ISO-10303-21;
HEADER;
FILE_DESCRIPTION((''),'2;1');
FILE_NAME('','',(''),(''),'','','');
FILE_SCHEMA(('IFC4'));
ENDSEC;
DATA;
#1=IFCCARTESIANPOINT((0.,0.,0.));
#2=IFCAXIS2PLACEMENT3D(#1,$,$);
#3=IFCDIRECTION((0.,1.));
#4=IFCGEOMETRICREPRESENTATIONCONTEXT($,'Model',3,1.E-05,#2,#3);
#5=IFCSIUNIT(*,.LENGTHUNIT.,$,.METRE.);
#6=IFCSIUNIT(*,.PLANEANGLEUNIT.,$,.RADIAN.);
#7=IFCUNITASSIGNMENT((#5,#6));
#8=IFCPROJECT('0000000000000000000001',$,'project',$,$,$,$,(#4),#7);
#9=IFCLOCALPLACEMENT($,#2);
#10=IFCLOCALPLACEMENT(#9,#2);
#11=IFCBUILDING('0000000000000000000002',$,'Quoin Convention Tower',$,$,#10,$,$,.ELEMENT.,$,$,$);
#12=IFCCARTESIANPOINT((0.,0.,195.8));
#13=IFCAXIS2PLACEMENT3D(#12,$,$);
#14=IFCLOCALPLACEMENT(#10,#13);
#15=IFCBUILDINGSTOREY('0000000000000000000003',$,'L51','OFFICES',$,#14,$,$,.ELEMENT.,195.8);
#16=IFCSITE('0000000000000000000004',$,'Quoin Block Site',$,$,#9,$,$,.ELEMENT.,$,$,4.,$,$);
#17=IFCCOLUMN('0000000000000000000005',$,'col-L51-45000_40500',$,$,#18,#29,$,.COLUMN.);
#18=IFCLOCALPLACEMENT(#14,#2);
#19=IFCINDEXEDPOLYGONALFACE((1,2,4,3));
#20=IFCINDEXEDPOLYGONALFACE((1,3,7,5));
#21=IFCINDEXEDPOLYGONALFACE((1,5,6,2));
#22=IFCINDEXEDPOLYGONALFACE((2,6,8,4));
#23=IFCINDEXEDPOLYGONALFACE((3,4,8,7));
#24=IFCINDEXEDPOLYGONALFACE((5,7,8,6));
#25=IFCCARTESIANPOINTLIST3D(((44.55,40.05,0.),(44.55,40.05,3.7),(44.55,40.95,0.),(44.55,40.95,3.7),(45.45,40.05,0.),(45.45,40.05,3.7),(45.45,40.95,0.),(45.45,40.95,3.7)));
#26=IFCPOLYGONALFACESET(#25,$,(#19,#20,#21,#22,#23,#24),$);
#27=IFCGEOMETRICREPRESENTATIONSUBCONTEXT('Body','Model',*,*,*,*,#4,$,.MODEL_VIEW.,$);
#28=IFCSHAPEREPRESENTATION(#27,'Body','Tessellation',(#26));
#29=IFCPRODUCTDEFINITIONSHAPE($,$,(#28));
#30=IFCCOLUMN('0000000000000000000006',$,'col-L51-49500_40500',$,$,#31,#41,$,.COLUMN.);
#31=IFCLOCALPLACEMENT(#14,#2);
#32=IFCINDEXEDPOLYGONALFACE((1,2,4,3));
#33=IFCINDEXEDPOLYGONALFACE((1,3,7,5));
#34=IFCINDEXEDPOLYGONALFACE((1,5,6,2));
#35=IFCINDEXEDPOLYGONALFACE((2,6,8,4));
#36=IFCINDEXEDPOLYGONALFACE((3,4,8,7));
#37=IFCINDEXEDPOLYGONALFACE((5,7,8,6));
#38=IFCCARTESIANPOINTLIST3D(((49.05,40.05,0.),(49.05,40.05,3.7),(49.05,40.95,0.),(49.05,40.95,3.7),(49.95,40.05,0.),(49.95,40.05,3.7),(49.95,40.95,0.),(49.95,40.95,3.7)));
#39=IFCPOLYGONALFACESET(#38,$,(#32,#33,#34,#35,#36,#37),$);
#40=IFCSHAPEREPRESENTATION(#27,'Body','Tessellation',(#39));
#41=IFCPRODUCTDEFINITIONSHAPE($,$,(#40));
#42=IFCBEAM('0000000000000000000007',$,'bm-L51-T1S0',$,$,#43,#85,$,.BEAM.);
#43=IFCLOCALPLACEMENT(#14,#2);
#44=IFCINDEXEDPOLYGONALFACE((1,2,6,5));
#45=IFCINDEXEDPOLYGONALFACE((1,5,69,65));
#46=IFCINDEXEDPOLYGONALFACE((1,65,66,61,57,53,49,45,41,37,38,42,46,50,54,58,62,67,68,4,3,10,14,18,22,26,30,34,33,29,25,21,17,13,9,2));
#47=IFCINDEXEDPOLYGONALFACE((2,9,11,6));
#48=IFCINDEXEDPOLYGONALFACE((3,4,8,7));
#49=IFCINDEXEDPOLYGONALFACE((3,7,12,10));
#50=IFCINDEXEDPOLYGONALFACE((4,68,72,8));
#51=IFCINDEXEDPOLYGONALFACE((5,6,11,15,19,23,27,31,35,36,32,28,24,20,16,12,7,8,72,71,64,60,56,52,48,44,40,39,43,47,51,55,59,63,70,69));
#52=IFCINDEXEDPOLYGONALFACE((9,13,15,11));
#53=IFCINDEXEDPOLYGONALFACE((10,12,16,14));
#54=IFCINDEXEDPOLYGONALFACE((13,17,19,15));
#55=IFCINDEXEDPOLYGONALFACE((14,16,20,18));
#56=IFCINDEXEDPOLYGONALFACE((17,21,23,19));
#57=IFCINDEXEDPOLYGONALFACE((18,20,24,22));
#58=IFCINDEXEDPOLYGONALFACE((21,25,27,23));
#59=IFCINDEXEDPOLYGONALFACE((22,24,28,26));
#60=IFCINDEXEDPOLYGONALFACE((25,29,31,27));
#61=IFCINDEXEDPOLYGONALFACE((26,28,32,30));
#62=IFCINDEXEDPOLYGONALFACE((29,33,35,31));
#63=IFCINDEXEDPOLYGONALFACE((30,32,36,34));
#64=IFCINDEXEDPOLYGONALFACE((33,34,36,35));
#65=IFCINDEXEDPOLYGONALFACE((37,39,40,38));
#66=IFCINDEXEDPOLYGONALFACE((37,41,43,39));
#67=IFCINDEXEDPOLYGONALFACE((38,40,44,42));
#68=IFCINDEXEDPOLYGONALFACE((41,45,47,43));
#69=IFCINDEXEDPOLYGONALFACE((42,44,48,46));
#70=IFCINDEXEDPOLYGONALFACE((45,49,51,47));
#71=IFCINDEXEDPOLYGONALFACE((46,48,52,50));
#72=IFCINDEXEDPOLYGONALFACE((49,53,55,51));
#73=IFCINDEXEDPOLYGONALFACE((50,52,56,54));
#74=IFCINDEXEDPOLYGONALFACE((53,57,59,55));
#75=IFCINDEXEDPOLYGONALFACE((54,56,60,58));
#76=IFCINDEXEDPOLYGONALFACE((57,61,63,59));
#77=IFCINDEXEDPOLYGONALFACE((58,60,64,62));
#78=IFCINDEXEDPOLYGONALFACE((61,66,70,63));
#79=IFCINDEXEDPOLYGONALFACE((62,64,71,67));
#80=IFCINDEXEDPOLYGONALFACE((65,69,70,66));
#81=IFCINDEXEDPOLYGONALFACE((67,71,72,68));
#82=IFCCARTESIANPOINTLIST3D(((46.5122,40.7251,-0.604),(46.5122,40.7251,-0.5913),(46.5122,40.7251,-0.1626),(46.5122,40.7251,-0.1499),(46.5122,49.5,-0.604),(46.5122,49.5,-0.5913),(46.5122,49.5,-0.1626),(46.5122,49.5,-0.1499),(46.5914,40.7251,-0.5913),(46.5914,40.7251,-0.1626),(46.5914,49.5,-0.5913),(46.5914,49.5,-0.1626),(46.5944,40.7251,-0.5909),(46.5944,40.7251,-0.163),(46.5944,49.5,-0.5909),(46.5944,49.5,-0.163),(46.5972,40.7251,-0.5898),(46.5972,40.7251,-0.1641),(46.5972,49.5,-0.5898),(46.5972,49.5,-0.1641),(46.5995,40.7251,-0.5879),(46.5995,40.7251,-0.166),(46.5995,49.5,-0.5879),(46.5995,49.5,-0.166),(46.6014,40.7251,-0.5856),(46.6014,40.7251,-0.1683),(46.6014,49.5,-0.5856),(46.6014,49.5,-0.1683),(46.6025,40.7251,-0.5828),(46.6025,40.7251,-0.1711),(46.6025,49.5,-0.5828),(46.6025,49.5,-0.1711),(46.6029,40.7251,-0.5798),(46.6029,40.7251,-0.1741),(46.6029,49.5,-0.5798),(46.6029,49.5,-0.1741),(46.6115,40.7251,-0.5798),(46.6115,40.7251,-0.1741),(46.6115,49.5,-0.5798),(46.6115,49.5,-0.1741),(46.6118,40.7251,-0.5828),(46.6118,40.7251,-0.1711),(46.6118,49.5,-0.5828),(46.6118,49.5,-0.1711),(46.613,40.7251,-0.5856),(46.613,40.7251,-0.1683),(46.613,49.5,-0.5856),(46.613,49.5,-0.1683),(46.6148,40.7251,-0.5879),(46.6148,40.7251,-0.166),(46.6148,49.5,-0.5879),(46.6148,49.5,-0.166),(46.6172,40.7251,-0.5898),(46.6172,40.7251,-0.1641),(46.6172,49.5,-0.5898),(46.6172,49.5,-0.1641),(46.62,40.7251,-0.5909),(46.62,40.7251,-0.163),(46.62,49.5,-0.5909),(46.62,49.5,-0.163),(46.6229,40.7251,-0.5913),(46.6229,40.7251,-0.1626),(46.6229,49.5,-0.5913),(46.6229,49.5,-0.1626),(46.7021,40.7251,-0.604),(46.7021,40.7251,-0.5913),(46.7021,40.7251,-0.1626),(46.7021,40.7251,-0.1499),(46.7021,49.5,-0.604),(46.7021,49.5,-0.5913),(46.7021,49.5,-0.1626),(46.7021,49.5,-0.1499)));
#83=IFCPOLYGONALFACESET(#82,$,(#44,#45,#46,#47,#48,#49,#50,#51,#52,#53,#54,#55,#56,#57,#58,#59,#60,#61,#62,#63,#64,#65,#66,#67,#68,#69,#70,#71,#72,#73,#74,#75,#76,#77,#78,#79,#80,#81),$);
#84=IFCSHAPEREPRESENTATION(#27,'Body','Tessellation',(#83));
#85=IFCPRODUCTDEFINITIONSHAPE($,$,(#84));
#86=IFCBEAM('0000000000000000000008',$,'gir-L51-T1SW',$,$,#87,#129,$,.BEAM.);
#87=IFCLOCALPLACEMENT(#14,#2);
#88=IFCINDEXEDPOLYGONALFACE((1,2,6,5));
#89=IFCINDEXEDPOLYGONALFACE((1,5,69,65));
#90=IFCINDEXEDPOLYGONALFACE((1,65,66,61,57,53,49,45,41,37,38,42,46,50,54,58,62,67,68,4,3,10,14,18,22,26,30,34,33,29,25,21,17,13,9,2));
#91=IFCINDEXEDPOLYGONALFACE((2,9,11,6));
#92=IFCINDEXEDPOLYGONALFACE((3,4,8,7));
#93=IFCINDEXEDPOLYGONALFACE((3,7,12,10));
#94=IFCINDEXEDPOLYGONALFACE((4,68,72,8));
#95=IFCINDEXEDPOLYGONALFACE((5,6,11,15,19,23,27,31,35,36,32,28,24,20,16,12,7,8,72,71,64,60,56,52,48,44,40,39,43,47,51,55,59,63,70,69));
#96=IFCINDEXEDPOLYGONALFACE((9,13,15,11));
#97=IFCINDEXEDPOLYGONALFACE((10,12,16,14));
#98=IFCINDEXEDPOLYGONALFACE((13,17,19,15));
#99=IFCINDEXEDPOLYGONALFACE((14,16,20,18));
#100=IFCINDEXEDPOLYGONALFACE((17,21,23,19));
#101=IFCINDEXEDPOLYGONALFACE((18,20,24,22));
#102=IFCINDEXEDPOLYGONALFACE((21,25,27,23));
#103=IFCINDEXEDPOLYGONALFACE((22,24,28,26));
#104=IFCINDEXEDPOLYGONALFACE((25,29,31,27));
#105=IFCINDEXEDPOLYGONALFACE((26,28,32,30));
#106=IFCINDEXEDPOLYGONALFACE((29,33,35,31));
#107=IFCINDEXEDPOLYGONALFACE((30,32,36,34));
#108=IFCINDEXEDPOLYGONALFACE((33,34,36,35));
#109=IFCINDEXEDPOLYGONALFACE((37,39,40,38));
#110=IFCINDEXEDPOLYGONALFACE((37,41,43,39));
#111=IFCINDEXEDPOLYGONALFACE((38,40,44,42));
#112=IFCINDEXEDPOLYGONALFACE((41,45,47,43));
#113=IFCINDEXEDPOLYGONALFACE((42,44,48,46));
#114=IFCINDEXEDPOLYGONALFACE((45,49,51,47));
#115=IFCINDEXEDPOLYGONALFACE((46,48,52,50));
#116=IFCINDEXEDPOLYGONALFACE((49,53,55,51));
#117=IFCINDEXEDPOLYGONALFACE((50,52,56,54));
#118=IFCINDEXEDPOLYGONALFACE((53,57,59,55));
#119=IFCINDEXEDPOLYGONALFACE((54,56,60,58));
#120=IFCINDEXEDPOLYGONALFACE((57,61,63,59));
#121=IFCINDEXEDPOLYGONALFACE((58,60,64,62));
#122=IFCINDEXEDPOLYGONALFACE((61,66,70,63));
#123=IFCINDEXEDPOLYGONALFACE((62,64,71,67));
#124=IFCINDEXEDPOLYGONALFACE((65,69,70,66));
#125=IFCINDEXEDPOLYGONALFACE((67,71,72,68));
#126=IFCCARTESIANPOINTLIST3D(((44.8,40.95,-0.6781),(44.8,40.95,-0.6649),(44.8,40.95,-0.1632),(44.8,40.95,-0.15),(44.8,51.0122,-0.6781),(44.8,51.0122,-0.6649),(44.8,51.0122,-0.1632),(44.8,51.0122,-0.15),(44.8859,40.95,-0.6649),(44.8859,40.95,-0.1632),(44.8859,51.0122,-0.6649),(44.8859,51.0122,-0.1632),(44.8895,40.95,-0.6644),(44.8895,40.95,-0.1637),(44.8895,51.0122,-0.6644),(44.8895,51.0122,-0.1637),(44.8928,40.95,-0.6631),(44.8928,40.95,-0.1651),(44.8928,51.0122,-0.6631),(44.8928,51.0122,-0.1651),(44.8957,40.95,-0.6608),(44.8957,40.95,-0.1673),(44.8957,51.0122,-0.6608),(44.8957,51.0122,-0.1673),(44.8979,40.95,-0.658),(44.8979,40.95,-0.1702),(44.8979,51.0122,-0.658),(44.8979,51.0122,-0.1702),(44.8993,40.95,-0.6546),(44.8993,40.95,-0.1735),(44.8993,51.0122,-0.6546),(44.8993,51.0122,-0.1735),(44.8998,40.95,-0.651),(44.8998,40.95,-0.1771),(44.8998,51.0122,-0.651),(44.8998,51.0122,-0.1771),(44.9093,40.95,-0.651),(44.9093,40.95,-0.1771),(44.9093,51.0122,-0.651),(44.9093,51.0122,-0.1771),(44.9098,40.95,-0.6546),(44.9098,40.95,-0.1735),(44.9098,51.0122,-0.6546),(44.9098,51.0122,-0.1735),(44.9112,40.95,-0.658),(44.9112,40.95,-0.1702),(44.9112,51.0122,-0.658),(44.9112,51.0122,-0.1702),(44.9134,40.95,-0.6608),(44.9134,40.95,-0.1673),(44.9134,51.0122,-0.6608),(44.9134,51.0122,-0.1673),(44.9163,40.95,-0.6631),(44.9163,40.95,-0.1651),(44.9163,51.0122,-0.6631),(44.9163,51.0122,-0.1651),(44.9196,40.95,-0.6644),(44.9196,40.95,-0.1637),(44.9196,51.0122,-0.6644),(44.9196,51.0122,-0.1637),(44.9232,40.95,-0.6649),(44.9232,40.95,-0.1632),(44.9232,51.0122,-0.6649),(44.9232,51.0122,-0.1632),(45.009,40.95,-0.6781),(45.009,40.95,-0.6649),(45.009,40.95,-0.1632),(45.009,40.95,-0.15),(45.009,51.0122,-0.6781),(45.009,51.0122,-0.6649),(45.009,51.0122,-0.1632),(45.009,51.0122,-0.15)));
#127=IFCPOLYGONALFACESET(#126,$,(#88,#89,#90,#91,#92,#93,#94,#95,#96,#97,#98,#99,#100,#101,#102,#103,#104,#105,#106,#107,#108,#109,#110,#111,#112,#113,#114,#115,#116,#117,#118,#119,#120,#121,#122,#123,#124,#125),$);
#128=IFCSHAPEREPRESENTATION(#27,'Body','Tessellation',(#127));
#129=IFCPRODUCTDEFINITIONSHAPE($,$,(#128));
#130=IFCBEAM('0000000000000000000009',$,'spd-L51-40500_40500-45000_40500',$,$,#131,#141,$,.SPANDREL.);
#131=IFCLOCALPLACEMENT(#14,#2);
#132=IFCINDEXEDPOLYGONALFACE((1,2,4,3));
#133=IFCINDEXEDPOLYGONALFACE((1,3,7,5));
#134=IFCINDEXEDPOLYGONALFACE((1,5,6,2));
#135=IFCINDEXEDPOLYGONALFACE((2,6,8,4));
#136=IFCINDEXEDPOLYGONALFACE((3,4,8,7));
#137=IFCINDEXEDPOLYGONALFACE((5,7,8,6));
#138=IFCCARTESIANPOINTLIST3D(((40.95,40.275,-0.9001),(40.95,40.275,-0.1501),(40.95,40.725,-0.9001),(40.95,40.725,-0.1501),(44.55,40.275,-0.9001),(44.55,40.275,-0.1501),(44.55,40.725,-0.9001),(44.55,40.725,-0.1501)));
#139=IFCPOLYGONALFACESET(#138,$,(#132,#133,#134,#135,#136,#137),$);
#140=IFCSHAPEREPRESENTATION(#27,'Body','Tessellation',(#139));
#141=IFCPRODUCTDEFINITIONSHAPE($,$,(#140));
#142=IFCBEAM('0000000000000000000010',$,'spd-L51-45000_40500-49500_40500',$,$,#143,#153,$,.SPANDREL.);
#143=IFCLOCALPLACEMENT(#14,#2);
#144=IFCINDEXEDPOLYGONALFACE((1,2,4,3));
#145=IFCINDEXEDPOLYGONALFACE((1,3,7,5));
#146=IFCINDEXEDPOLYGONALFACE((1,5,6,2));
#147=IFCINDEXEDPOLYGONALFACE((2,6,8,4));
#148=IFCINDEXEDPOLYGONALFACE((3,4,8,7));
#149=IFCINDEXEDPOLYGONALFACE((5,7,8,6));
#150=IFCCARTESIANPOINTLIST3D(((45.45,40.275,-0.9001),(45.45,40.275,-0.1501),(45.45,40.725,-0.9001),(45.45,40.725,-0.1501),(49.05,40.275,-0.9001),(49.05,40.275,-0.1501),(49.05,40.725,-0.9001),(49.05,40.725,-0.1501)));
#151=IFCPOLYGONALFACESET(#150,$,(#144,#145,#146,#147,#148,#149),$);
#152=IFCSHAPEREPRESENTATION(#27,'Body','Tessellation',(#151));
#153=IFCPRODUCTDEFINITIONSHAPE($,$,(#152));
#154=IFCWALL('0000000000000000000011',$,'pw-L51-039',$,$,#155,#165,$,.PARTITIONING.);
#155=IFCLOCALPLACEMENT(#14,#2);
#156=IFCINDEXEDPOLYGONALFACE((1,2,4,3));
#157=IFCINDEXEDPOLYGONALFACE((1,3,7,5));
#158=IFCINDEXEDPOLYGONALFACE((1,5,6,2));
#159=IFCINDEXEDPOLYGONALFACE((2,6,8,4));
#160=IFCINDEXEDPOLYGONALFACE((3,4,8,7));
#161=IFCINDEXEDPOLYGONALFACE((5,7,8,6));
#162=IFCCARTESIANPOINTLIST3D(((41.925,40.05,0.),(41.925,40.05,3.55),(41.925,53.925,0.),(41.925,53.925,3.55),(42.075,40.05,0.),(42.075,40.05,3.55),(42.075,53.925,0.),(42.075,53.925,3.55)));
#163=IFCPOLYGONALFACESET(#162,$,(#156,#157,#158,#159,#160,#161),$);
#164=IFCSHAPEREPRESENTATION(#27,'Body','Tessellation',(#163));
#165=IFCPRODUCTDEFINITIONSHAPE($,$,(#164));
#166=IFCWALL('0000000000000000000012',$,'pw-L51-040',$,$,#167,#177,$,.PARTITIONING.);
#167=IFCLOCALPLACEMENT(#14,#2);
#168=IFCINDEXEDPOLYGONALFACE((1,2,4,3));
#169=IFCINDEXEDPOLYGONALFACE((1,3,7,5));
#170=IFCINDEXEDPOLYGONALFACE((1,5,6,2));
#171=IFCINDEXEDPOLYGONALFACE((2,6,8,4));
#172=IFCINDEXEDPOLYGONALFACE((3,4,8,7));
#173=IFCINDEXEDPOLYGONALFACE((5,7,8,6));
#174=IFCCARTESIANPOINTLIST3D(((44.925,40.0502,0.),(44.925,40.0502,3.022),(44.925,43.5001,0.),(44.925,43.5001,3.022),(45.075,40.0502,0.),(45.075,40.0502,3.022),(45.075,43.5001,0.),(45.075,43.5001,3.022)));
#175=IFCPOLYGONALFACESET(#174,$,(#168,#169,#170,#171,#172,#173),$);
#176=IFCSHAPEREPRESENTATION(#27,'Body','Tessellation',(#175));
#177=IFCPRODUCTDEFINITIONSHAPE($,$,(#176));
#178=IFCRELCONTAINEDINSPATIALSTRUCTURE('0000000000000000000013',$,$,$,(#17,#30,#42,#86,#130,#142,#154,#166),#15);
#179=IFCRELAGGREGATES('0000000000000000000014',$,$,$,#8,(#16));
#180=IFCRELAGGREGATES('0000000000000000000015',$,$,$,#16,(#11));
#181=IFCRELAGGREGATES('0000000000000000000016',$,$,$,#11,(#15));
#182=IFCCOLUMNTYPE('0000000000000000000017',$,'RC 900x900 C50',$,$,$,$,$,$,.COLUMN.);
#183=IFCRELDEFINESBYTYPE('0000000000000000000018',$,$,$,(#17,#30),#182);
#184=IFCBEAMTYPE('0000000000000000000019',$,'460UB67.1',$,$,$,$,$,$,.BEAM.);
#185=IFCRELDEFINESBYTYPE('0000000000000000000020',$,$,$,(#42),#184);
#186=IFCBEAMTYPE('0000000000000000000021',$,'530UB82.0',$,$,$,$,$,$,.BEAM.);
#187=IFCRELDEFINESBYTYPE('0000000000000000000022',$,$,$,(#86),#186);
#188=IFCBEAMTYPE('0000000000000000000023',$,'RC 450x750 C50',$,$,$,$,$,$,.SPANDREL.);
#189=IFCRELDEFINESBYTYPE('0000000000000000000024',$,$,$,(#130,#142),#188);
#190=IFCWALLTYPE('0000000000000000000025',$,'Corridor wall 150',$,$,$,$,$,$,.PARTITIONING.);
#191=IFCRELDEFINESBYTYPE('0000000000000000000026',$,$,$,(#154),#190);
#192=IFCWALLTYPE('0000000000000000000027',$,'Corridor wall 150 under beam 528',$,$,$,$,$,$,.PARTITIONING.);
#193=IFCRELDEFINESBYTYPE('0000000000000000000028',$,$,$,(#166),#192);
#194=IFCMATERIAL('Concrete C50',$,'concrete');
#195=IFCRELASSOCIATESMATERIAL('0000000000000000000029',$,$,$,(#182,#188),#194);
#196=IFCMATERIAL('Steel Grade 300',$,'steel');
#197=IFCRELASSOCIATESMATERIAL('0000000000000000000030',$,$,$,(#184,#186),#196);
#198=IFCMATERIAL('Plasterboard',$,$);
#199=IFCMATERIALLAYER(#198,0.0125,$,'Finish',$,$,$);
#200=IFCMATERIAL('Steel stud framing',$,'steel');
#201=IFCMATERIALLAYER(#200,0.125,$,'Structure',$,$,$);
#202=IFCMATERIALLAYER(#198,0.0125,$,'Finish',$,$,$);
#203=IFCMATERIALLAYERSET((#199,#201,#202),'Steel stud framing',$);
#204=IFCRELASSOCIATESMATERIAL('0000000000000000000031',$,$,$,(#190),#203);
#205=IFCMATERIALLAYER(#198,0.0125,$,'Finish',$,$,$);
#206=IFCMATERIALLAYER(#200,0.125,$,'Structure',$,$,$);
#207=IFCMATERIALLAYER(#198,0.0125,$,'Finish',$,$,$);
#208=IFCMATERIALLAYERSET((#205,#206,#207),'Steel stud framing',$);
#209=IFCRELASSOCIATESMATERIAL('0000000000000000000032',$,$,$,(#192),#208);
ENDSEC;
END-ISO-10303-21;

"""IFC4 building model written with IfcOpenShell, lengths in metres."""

from ifc_helpers import new_model, si_unit, direction, frame, frame_2d, origin, origin_2d, place, context, subcontext, project, spatial, rectangle, i_section, extrude, material, layer, layer_set, material_profile, profile_set, type_object, element, save


model = new_model("IFC4")

# Units and contexts
model_context = context("Model", 3, precision=1e-05, world=origin(), true_north=direction((0.0, 1.0)))
body_context = subcontext(model_context, "Body", "Model", "MODEL_VIEW")
ifc_project = project(units=[si_unit("LENGTHUNIT", "METRE"), si_unit("PLANEANGLEUNIT", "RADIAN")], contexts=[model_context])

# Site, building, storey
site_placement = place(None, origin())
site = spatial("IfcSite", under=ifc_project, at=site_placement, Name="Quoin Block Site", CompositionType="ELEMENT", RefElevation=4.0)
building_placement = place(site_placement, origin())
building = spatial("IfcBuilding", under=site, at=building_placement, Name="Quoin Convention Tower", CompositionType="ELEMENT")
storey_placement = place(building_placement, frame((0.0, 0.0, 195.8)))
storey = spatial("IfcBuildingStorey", under=building, at=storey_placement, Name="L51", Description="OFFICES", CompositionType="ELEMENT", Elevation=195.8)

# Columns
ifc_material_1 = material(Name="Concrete C50", Category="concrete")
ifc_material_profile_1 = material_profile(ifc_material_1, rectangle(XDim=0.8999, YDim=0.8999, at=origin_2d()), Name="RC 900x900")
ifc_profile_set_1 = profile_set([ifc_material_profile_1], Name="Concrete C50")
column_type = type_object("IfcColumnType", Name="RC 900x900 C50", PredefinedType="COLUMN", material=ifc_profile_set_1)
for number, where, z_axis, x_axis, name in (
    (1, (45.0, 40.5, 0.0), (0.0, 0.0, 1.0), (1.0, 0.0, 0.0), "col-L51-45000_40500"),
    (2, (49.5, 40.5, 0.0), (0.0, 0.0, 1.0), (1.0, 0.0, 0.0), "col-L51-49500_40500"),
):
    element("IfcColumn", number, at=place(storey_placement, frame(where, z_axis=z_axis, x_axis=x_axis)), inside=storey, type_object=column_type, Name=name, PredefinedType="COLUMN", context=body_context, shape_type="SweptSolid", body=[
        extrude(rectangle(XDim=0.8999, YDim=0.8999, at=origin_2d()), origin(), (0.0, 0.0, 1.0), 3.7),
    ])

# Beams
ifc_material_2 = material(Name="Steel Grade 300", Category="steel")
ifc_material_profile_2 = material_profile(ifc_material_2, i_section(OverallWidth=0.1899, OverallDepth=0.4541, WebThickness=0.0085, FlangeThickness=0.0127, FilletRadius=0.0115, at=origin_2d()), Name="460UB67.1")
ifc_profile_set_2 = profile_set([ifc_material_profile_2], Name="Steel Grade 300")
beam_type_1 = type_object("IfcBeamType", Name="460UB67.1", PredefinedType="BEAM", material=ifc_profile_set_2)
beam_1_placement = place(storey_placement, frame((46.6072, 40.7251, -0.377), z_axis=(0.0, 1.0, 0.0), x_axis=(-1.0, 0.0, 0.0)))
element("IfcBeam", 3, at=beam_1_placement, inside=storey, type_object=beam_type_1, Name="bm-L51-T1S0", PredefinedType="BEAM", context=body_context, shape_type="SweptSolid", body=[
    extrude(i_section(OverallWidth=0.1899, OverallDepth=0.4541, WebThickness=0.0085, FlangeThickness=0.0127, FilletRadius=0.0115, at=origin_2d()), origin(), (0.0, 0.0, 1.0), 8.7749),
])
ifc_material_profile_3 = material_profile(ifc_material_2, i_section(OverallWidth=0.209, OverallDepth=0.5281, WebThickness=0.0095, FlangeThickness=0.0132, FilletRadius=0.0139, at=origin_2d()), Name="530UB82.0")
ifc_profile_set_3 = profile_set([ifc_material_profile_3], Name="Steel Grade 300")
beam_type_2 = type_object("IfcBeamType", Name="530UB82.0", PredefinedType="BEAM", material=ifc_profile_set_3)
beam_2_placement = place(storey_placement, frame((44.9045, 40.95, -0.4141), z_axis=(0.0, 1.0, 0.0), x_axis=(-1.0, 0.0, 0.0)))
element("IfcBeam", 4, at=beam_2_placement, inside=storey, type_object=beam_type_2, Name="gir-L51-T1SW", PredefinedType="BEAM", context=body_context, shape_type="SweptSolid", body=[
    extrude(i_section(OverallWidth=0.209, OverallDepth=0.5281, WebThickness=0.0095, FlangeThickness=0.0132, FilletRadius=0.0139, at=origin_2d()), origin(), (0.0, 0.0, 1.0), 10.0623),
])
ifc_material_profile_4 = material_profile(ifc_material_1, rectangle(XDim=0.45, YDim=0.75, at=origin_2d()), Name="RC 450x750")
ifc_profile_set_4 = profile_set([ifc_material_profile_4], Name="Concrete C50")
beam_type_3 = type_object("IfcBeamType", Name="RC 450x750 C50", PredefinedType="SPANDREL", material=ifc_profile_set_4)
for number, where, z_axis, x_axis, name in (
    (5, (40.95, 40.5, -0.5251), (1.0, 0.0, 0.0), (0.0, 1.0, 0.0), "spd-L51-40500_40500-45000_40500"),
    (6, (45.45, 40.5, -0.5251), (1.0, 0.0, 0.0), (0.0, 1.0, 0.0), "spd-L51-45000_40500-49500_40500"),
):
    element("IfcBeam", number, at=place(storey_placement, frame(where, z_axis=z_axis, x_axis=x_axis)), inside=storey, type_object=beam_type_3, Name=name, PredefinedType="SPANDREL", context=body_context, shape_type="SweptSolid", body=[
        extrude(rectangle(XDim=0.45, YDim=0.75, at=origin_2d()), origin(), (0.0, 0.0, 1.0), 3.6001),
    ])

# Walls
ifc_material_3 = material(Name="Plasterboard")
ifc_layer_1 = layer(ifc_material_3, 0.0125, Name="Finish")
ifc_material_4 = material(Name="Steel stud framing", Category="steel")
ifc_layer_2 = layer(ifc_material_4, 0.125, Name="Structure")
ifc_layer_3 = layer(ifc_material_3, 0.0125, Name="Finish")
ifc_layer_set_1 = layer_set([ifc_layer_1, ifc_layer_2, ifc_layer_3], Name="Steel stud framing")
wall_type_1 = type_object("IfcWallType", Name="Corridor wall 150", PredefinedType="PARTITIONING", material=ifc_layer_set_1)
wall_1_placement = place(storey_placement, frame((42.0, 40.05, 0.0), z_axis=(0.0, 0.0, 1.0), x_axis=(0.0, 1.0, 0.0)))
element("IfcWall", 7, at=wall_1_placement, inside=storey, type_object=wall_type_1, Name="pw-L51-039", PredefinedType="PARTITIONING", context=body_context, shape_type="SweptSolid", body=[
    extrude(rectangle(XDim=13.875, YDim=0.1499, at=frame_2d((6.9375, 0.0))), origin(), (0.0, 0.0, 1.0), 3.55),
])
ifc_layer_4 = layer(ifc_material_3, 0.0125, Name="Finish")
ifc_layer_5 = layer(ifc_material_4, 0.125, Name="Structure")
ifc_layer_6 = layer(ifc_material_3, 0.0125, Name="Finish")
ifc_layer_set_2 = layer_set([ifc_layer_4, ifc_layer_5, ifc_layer_6], Name="Steel stud framing")
wall_type_2 = type_object("IfcWallType", Name="Corridor wall 150 under beam 528", PredefinedType="PARTITIONING", material=ifc_layer_set_2)
wall_2_placement = place(storey_placement, frame((45.0, 40.05, 0.0), z_axis=(0.0, 0.0, 1.0), x_axis=(0.0, 1.0, 0.0)))
element("IfcWall", 8, at=wall_2_placement, inside=storey, type_object=wall_type_2, Name="pw-L51-040", PredefinedType="PARTITIONING", context=body_context, shape_type="SweptSolid", body=[
    extrude(rectangle(XDim=3.45, YDim=0.1499, at=frame_2d((1.7251, 0.0))), origin(), (0.0, 0.0, 1.0), 3.022),
])

save(model, "model.ifc")
